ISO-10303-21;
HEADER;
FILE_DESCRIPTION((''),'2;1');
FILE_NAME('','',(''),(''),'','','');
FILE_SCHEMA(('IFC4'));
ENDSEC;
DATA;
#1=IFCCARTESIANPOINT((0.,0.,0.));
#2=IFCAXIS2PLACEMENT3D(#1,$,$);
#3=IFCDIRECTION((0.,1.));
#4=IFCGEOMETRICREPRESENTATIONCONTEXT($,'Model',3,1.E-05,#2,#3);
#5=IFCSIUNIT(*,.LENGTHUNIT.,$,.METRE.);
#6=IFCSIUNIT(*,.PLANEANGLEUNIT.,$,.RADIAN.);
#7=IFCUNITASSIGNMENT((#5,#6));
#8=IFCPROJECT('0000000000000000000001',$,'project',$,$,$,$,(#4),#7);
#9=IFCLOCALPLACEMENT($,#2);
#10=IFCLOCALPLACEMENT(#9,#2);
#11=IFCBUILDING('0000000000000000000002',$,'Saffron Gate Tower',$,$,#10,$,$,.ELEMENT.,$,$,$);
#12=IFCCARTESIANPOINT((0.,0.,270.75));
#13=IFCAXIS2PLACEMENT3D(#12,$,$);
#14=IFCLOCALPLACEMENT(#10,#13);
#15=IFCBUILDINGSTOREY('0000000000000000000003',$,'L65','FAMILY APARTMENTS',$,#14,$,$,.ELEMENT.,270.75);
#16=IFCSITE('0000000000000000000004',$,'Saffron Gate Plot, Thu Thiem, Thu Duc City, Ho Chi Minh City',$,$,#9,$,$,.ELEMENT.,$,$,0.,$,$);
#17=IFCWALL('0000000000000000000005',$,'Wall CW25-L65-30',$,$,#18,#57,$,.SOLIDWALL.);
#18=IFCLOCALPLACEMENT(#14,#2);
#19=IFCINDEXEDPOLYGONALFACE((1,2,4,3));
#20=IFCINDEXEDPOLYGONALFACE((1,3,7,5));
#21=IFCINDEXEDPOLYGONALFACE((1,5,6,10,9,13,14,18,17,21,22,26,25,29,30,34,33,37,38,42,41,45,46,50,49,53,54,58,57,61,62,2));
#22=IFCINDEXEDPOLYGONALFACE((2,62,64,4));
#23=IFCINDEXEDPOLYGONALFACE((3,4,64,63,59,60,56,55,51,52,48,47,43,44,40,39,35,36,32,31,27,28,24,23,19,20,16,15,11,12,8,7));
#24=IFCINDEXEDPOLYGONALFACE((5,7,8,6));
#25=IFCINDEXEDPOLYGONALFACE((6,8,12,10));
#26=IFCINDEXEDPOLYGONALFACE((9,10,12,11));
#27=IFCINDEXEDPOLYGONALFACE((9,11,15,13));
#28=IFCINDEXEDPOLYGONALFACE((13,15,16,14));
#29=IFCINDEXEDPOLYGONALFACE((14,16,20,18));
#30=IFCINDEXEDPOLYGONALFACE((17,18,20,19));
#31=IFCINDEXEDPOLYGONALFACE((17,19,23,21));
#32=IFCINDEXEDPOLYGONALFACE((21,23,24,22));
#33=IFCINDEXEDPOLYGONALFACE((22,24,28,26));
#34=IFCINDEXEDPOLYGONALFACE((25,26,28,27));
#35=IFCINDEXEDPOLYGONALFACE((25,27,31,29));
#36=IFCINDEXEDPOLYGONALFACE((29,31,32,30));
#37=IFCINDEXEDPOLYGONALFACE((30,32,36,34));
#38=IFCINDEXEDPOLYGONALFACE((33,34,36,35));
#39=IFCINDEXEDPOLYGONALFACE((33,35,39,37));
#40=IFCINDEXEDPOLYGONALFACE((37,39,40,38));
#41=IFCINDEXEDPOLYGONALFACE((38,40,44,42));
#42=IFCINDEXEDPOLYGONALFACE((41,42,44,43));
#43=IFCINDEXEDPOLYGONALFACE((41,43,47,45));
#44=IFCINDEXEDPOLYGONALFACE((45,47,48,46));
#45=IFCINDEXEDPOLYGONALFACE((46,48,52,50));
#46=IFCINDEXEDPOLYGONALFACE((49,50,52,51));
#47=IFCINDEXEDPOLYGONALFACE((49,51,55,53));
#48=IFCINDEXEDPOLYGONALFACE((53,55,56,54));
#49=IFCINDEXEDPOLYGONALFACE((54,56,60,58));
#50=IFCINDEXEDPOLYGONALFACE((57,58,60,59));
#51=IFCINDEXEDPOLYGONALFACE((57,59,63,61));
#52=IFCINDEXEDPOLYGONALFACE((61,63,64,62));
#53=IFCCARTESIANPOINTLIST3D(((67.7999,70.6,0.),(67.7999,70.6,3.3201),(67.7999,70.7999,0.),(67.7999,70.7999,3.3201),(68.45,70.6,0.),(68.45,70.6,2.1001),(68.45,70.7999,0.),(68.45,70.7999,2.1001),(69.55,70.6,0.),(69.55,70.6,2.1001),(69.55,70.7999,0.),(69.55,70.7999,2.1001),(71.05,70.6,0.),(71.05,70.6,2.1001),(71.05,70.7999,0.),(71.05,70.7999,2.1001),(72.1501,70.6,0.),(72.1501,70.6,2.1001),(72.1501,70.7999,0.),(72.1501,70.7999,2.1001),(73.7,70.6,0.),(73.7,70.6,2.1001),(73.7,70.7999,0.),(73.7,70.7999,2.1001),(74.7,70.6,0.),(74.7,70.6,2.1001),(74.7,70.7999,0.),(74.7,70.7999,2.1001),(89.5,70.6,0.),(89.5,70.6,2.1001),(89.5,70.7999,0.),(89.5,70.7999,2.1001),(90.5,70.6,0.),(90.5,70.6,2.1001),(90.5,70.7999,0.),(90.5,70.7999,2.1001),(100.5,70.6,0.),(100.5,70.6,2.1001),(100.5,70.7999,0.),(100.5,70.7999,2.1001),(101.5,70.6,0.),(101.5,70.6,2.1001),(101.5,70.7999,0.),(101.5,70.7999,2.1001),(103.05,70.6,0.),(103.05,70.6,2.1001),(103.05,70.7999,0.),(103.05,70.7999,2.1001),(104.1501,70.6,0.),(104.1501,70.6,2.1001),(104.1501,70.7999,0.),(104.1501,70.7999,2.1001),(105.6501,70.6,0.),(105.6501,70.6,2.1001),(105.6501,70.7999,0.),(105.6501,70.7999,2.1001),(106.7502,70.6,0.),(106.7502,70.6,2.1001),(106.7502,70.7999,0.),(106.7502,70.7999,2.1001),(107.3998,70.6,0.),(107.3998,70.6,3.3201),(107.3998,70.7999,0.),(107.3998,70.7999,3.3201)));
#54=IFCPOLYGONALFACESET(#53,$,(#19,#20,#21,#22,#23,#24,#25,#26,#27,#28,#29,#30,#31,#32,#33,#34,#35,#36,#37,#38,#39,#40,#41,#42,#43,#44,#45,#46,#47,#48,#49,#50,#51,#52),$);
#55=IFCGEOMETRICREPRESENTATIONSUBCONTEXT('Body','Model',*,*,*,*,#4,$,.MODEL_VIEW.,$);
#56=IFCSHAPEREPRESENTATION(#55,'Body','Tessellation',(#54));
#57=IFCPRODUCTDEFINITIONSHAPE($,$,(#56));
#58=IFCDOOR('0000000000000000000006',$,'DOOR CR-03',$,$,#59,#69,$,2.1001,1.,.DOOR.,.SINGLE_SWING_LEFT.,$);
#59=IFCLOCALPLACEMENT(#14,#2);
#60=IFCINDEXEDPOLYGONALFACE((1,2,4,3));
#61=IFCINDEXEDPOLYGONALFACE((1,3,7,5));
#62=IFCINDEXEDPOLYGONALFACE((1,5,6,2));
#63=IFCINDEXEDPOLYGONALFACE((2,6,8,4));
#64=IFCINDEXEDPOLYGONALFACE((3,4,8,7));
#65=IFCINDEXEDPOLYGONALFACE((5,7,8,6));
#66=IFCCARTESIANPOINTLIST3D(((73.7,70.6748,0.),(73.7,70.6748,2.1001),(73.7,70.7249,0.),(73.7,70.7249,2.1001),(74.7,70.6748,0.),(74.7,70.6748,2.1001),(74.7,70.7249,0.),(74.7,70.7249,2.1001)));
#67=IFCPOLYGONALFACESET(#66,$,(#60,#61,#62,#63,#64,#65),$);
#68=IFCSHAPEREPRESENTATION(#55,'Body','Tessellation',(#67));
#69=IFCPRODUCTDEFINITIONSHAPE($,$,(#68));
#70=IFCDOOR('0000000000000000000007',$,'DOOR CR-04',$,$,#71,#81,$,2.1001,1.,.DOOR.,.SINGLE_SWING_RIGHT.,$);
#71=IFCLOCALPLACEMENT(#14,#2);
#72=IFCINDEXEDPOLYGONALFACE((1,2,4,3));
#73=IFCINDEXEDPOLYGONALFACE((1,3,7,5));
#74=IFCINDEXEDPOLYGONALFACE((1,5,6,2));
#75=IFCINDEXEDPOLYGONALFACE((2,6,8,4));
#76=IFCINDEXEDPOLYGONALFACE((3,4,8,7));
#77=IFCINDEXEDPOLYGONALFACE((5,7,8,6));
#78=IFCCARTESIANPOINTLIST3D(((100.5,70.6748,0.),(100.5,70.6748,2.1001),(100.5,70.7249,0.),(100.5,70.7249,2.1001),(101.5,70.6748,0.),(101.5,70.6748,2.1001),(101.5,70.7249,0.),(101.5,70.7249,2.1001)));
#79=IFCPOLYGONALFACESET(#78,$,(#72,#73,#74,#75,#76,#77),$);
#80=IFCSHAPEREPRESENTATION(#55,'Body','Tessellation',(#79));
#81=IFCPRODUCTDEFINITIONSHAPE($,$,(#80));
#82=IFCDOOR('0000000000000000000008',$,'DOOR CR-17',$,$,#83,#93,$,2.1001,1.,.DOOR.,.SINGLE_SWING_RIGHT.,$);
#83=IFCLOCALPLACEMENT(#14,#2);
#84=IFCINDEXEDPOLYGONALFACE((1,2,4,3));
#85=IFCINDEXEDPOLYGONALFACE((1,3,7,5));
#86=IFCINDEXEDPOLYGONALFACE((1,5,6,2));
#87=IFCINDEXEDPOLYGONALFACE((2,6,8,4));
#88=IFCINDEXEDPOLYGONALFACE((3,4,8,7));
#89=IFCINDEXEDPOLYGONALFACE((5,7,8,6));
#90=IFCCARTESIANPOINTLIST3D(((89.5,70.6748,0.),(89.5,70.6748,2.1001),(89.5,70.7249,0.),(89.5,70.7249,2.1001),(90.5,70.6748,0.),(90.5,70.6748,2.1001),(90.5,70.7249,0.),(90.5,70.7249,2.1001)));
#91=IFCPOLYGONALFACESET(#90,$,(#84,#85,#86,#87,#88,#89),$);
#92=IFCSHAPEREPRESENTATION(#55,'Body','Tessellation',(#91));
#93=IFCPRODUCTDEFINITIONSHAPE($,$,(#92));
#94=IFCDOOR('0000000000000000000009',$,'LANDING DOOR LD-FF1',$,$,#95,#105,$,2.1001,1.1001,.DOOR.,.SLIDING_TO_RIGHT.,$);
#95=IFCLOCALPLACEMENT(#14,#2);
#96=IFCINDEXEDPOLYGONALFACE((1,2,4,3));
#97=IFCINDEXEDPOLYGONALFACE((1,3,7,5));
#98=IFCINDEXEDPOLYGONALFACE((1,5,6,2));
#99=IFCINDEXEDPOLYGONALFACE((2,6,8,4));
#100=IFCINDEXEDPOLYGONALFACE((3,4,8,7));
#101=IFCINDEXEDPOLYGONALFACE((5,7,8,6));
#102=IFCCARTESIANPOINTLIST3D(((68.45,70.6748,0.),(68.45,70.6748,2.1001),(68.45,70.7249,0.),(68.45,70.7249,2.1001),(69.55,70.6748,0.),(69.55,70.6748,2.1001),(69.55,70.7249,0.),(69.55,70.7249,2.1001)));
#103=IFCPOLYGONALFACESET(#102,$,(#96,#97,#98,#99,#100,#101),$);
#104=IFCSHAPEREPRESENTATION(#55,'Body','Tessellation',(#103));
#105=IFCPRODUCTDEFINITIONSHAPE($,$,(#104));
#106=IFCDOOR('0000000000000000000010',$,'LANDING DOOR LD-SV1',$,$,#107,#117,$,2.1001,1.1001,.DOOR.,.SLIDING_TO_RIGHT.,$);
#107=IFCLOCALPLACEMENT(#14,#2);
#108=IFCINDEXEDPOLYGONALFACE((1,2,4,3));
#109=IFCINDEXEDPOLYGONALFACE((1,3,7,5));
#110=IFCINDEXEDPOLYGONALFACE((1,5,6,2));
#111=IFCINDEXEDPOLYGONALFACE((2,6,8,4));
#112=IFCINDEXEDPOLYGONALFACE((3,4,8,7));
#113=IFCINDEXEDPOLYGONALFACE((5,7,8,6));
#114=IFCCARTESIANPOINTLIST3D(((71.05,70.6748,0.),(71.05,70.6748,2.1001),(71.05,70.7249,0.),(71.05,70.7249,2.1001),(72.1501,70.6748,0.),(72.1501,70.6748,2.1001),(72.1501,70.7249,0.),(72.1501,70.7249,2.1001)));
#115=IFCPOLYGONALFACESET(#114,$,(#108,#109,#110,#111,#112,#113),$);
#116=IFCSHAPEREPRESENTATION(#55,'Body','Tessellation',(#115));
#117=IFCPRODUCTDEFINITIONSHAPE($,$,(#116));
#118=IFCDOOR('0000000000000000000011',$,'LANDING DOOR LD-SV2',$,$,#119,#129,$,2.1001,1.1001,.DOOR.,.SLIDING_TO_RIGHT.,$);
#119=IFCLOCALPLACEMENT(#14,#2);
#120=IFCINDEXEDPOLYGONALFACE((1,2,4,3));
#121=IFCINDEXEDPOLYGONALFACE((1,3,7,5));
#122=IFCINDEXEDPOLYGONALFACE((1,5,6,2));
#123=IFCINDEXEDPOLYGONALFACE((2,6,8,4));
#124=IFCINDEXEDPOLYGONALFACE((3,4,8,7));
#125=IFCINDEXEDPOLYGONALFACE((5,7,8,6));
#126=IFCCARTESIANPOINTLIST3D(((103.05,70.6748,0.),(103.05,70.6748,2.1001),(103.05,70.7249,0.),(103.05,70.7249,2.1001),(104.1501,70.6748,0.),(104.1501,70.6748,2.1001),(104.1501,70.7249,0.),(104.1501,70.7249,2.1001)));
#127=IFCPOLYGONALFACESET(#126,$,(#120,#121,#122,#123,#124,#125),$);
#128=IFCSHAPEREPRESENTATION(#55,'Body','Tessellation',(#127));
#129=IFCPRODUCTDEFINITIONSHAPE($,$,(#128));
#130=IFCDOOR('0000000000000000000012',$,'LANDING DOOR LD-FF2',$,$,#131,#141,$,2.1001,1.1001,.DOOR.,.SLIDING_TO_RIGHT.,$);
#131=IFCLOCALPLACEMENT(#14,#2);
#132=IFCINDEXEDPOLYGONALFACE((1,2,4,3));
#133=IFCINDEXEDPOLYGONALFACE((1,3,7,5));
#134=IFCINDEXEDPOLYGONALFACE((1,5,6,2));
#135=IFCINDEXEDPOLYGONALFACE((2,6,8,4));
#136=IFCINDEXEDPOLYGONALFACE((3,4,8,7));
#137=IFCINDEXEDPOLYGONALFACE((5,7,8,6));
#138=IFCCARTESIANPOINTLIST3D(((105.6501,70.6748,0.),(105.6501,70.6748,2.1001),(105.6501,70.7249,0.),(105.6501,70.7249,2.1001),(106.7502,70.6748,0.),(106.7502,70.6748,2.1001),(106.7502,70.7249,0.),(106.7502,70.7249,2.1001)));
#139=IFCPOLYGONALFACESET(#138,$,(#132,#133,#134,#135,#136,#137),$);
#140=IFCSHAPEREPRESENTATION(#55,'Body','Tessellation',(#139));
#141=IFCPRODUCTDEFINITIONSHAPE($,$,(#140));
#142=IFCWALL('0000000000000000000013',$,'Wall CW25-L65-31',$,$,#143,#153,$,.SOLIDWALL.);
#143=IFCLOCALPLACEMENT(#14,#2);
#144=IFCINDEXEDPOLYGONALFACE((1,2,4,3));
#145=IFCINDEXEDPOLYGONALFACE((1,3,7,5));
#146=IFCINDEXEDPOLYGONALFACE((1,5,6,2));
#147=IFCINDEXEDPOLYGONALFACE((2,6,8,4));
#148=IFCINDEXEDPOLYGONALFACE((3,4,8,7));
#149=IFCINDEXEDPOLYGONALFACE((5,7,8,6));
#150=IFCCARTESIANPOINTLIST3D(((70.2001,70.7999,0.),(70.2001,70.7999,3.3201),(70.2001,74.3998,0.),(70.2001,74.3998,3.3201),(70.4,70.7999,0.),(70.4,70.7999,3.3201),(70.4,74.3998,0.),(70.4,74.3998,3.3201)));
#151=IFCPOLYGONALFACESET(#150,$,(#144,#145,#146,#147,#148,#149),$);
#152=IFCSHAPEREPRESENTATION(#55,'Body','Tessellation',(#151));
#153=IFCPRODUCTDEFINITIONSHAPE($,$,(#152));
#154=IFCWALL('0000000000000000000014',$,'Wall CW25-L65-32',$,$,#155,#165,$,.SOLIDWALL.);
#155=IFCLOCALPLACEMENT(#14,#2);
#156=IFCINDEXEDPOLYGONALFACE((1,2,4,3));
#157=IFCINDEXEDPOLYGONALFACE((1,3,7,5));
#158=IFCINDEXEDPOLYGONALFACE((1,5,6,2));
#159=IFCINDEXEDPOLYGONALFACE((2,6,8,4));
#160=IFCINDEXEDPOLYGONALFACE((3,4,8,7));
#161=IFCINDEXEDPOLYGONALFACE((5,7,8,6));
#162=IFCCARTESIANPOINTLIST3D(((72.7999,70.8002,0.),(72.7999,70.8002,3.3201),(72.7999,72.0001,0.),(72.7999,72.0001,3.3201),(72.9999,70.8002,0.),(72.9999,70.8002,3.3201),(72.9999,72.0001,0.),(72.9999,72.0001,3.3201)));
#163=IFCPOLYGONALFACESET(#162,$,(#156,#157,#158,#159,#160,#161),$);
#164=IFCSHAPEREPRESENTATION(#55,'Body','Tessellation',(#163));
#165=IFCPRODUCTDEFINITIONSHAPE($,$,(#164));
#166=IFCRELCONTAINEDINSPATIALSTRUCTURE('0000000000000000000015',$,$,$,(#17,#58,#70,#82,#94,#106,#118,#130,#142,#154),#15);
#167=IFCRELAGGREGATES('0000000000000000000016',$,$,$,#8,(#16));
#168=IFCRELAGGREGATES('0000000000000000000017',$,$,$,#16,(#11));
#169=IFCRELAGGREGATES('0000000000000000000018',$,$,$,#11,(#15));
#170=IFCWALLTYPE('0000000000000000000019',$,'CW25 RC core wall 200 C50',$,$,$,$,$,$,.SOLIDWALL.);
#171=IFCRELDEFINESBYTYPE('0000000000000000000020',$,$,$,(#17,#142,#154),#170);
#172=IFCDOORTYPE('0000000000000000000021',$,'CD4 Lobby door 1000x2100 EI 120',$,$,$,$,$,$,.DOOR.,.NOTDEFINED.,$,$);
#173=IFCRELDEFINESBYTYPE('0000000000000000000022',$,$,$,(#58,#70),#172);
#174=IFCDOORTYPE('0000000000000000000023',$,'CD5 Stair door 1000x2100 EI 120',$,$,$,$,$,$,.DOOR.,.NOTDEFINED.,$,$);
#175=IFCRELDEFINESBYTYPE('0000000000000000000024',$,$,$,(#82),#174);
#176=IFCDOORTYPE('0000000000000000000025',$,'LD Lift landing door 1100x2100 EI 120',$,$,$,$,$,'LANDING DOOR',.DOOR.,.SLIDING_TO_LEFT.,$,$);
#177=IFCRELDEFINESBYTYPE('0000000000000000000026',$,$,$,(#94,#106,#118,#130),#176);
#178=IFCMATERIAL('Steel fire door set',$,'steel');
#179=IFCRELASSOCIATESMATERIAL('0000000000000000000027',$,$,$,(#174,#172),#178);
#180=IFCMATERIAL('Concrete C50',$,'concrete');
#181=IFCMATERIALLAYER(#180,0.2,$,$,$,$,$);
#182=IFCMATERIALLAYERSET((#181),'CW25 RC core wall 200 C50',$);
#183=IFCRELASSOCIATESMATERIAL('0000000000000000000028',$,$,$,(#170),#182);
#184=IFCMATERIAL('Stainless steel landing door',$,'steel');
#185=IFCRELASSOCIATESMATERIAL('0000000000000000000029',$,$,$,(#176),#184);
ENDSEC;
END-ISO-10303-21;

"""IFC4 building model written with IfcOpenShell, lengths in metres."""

from ifc_helpers import new_model, si_unit, direction, frame, frame_2d, origin, place, context, subcontext, project, spatial, rectangle, extrude, material, layer, layer_set, type_object, element, fill, save


model = new_model("IFC4")

# Units and contexts
model_context = context("Model", 3, precision=1e-05, world=origin(), true_north=direction((0.0, 1.0)))
body_context = subcontext(model_context, "Body", "Model", "MODEL_VIEW")
ifc_project = project(units=[si_unit("LENGTHUNIT", "METRE"), si_unit("PLANEANGLEUNIT", "RADIAN")], contexts=[model_context])

# Site, building, storey
site_placement = place(None, origin())
site = spatial("IfcSite", under=ifc_project, at=site_placement, Name="Saffron Gate Plot, Thu Thiem, Thu Duc City, Ho Chi Minh City", CompositionType="ELEMENT", RefElevation=0.0)
building_placement = place(site_placement, origin())
building = spatial("IfcBuilding", under=site, at=building_placement, Name="Saffron Gate Tower", CompositionType="ELEMENT")
storey_placement = place(building_placement, frame((0.0, 0.0, 270.75)))
storey = spatial("IfcBuildingStorey", under=building, at=storey_placement, Name="L65", Description="FAMILY APARTMENTS", CompositionType="ELEMENT", Elevation=270.75)

# Wall, openings, doors
ifc_material_1 = material(Name="Concrete C50", Category="concrete")
ifc_material_2 = material(Name="Steel fire door set", Category="steel")
door_type_1 = type_object("IfcDoorType", Name="CD5 Stair door 1000x2100 EI 120", OperationType="NOTDEFINED", PredefinedType="DOOR", material=ifc_material_2)
ifc_layer_1 = layer(ifc_material_1, 0.2)
ifc_layer_set_1 = layer_set([ifc_layer_1], Name="CW25 RC core wall 200 C50")
wall_type_1 = type_object("IfcWallType", Name="CW25 RC core wall 200 C50", PredefinedType="SOLIDWALL", material=ifc_layer_set_1)
wall_1_placement = place(storey_placement, frame((67.8, 70.7, 0.0), z_axis=(0.0, 0.0, 1.0), x_axis=(1.0, 0.0, 0.0)))
wall_1 = element("IfcWall", 1, at=wall_1_placement, inside=storey, type_object=wall_type_1, Name="Wall CW25-L65-30", PredefinedType="SOLIDWALL", context=body_context, shape_type="SweptSolid", body=[
    extrude(rectangle(XDim=39.5999, YDim=0.2, at=frame_2d((19.7998, 0.0))), origin(), (0.0, 0.0, 1.0), 3.3201),
])
opening_1_placement = place(wall_1_placement, frame((0.6499, 0.0, 0.0)))
opening_1 = element("IfcOpeningElement", 2, at=opening_1_placement, cuts=wall_1, PredefinedType="OPENING", context=body_context, shape_type="SweptSolid", body=[
    extrude(rectangle(XDim=1.1001, YDim=2.1001, at=frame_2d((0.55, 1.05))), frame((0.0, 0.1099, 0.0), z_axis=(0.0, -1.0, 0.0), x_axis=(1.0, 0.0, 0.0)), (0.0, 0.0, 1.0), 0.22),
])
opening_2_placement = place(wall_1_placement, frame((3.25, 0.0, 0.0)))
opening_2 = element("IfcOpeningElement", 3, at=opening_2_placement, cuts=wall_1, PredefinedType="OPENING", context=body_context, shape_type="SweptSolid", body=[
    extrude(rectangle(XDim=1.1001, YDim=2.1001, at=frame_2d((0.55, 1.05))), frame((0.0, 0.1099, 0.0), z_axis=(0.0, -1.0, 0.0), x_axis=(1.0, 0.0, 0.0)), (0.0, 0.0, 1.0), 0.22),
])
opening_3_placement = place(wall_1_placement, frame((5.8999, 0.0, 0.0)))
opening_3 = element("IfcOpeningElement", 4, at=opening_3_placement, cuts=wall_1, PredefinedType="OPENING", context=body_context, shape_type="SweptSolid", body=[
    extrude(rectangle(XDim=1.0, YDim=2.1001, at=frame_2d((0.5, 1.05))), frame((0.0, 0.1099, 0.0), z_axis=(0.0, -1.0, 0.0), x_axis=(1.0, 0.0, 0.0)), (0.0, 0.0, 1.0), 0.22),
])
opening_4_placement = place(wall_1_placement, frame((21.7, 0.0, 0.0)))
opening_4 = element("IfcOpeningElement", 5, at=opening_4_placement, cuts=wall_1, PredefinedType="OPENING", context=body_context, shape_type="SweptSolid", body=[
    extrude(rectangle(XDim=1.0, YDim=2.1001, at=frame_2d((0.5, 1.05))), frame((0.0, 0.1099, 0.0), z_axis=(0.0, -1.0, 0.0), x_axis=(1.0, 0.0, 0.0)), (0.0, 0.0, 1.0), 0.22),
])
opening_5_placement = place(wall_1_placement, frame((32.7, 0.0, 0.0)))
opening_5 = element("IfcOpeningElement", 6, at=opening_5_placement, cuts=wall_1, PredefinedType="OPENING", context=body_context, shape_type="SweptSolid", body=[
    extrude(rectangle(XDim=1.0, YDim=2.1001, at=frame_2d((0.5, 1.05))), frame((0.0, 0.1099, 0.0), z_axis=(0.0, -1.0, 0.0), x_axis=(1.0, 0.0, 0.0)), (0.0, 0.0, 1.0), 0.22),
])
opening_6_placement = place(wall_1_placement, frame((35.25, 0.0, 0.0)))
opening_6 = element("IfcOpeningElement", 7, at=opening_6_placement, cuts=wall_1, PredefinedType="OPENING", context=body_context, shape_type="SweptSolid", body=[
    extrude(rectangle(XDim=1.1001, YDim=2.1001, at=frame_2d((0.55, 1.05))), frame((0.0, 0.1099, 0.0), z_axis=(0.0, -1.0, 0.0), x_axis=(1.0, 0.0, 0.0)), (0.0, 0.0, 1.0), 0.22),
])
opening_7_placement = place(wall_1_placement, frame((37.8501, 0.0, 0.0)))
opening_7 = element("IfcOpeningElement", 8, at=opening_7_placement, cuts=wall_1, PredefinedType="OPENING", context=body_context, shape_type="SweptSolid", body=[
    extrude(rectangle(XDim=1.1001, YDim=2.1001, at=frame_2d((0.55, 1.05))), frame((0.0, 0.1099, 0.0), z_axis=(0.0, -1.0, 0.0), x_axis=(1.0, 0.0, 0.0)), (0.0, 0.0, 1.0), 0.22),
])
door_type_2 = type_object("IfcDoorType", Name="CD4 Lobby door 1000x2100 EI 120", OperationType="NOTDEFINED", PredefinedType="DOOR", material=ifc_material_2)
door_1_placement = place(opening_3_placement, origin())
door_1 = element("IfcDoor", 9, at=door_1_placement, inside=storey, type_object=door_type_2, Name="DOOR CR-03", OperationType="SINGLE_SWING_LEFT", OverallHeight=2.1001, OverallWidth=1.0, PredefinedType="DOOR", context=body_context, shape_type="SweptSolid", body=[
    extrude(rectangle(XDim=1.0, YDim=2.1001, at=frame_2d((0.5, 1.05))), frame((0.0, 0.0249, 0.0), z_axis=(0.0, -1.0, 0.0), x_axis=(1.0, 0.0, 0.0)), (0.0, 0.0, 1.0), 0.05),
])
fill(opening_3, door_1)
door_2_placement = place(opening_5_placement, origin())
door_2 = element("IfcDoor", 10, at=door_2_placement, inside=storey, type_object=door_type_2, Name="DOOR CR-04", OperationType="SINGLE_SWING_RIGHT", OverallHeight=2.1001, OverallWidth=1.0, PredefinedType="DOOR", context=body_context, shape_type="SweptSolid", body=[
    extrude(rectangle(XDim=1.0, YDim=2.1001, at=frame_2d((0.5, 1.05))), frame((0.0, 0.0249, 0.0), z_axis=(0.0, -1.0, 0.0), x_axis=(1.0, 0.0, 0.0)), (0.0, 0.0, 1.0), 0.05),
])
fill(opening_5, door_2)
door_3_placement = place(opening_4_placement, origin())
door_3 = element("IfcDoor", 11, at=door_3_placement, inside=storey, type_object=door_type_1, Name="DOOR CR-17", OperationType="SINGLE_SWING_RIGHT", OverallHeight=2.1001, OverallWidth=1.0, PredefinedType="DOOR", context=body_context, shape_type="SweptSolid", body=[
    extrude(rectangle(XDim=1.0, YDim=2.1001, at=frame_2d((0.5, 1.05))), frame((0.0, 0.0249, 0.0), z_axis=(0.0, -1.0, 0.0), x_axis=(1.0, 0.0, 0.0)), (0.0, 0.0, 1.0), 0.05),
])
fill(opening_4, door_3)
ifc_material_3 = material(Name="Stainless steel landing door", Category="steel")
door_type_3 = type_object("IfcDoorType", Name="LD Lift landing door 1100x2100 EI 120", ElementType="LANDING DOOR", OperationType="SLIDING_TO_LEFT", PredefinedType="DOOR", material=ifc_material_3)
door_4_placement = place(opening_1_placement, origin())
door_4 = element("IfcDoor", 12, at=door_4_placement, inside=storey, type_object=door_type_3, Name="LANDING DOOR LD-FF1", OperationType="SLIDING_TO_RIGHT", OverallHeight=2.1001, OverallWidth=1.1001, PredefinedType="DOOR", context=body_context, shape_type="SweptSolid", body=[
    extrude(rectangle(XDim=1.1001, YDim=2.1001, at=frame_2d((0.55, 1.05))), frame((0.0, 0.0249, 0.0), z_axis=(0.0, -1.0, 0.0), x_axis=(1.0, 0.0, 0.0)), (0.0, 0.0, 1.0), 0.05),
])
fill(opening_1, door_4)
door_5_placement = place(opening_2_placement, origin())
door_5 = element("IfcDoor", 13, at=door_5_placement, inside=storey, type_object=door_type_3, Name="LANDING DOOR LD-SV1", OperationType="SLIDING_TO_RIGHT", OverallHeight=2.1001, OverallWidth=1.1001, PredefinedType="DOOR", context=body_context, shape_type="SweptSolid", body=[
    extrude(rectangle(XDim=1.1001, YDim=2.1001, at=frame_2d((0.55, 1.05))), frame((0.0, 0.0249, 0.0), z_axis=(0.0, -1.0, 0.0), x_axis=(1.0, 0.0, 0.0)), (0.0, 0.0, 1.0), 0.05),
])
fill(opening_2, door_5)
door_6_placement = place(opening_6_placement, origin())
door_6 = element("IfcDoor", 14, at=door_6_placement, inside=storey, type_object=door_type_3, Name="LANDING DOOR LD-SV2", OperationType="SLIDING_TO_RIGHT", OverallHeight=2.1001, OverallWidth=1.1001, PredefinedType="DOOR", context=body_context, shape_type="SweptSolid", body=[
    extrude(rectangle(XDim=1.1001, YDim=2.1001, at=frame_2d((0.55, 1.05))), frame((0.0, 0.0249, 0.0), z_axis=(0.0, -1.0, 0.0), x_axis=(1.0, 0.0, 0.0)), (0.0, 0.0, 1.0), 0.05),
])
fill(opening_6, door_6)
door_7_placement = place(opening_7_placement, origin())
door_7 = element("IfcDoor", 15, at=door_7_placement, inside=storey, type_object=door_type_3, Name="LANDING DOOR LD-FF2", OperationType="SLIDING_TO_RIGHT", OverallHeight=2.1001, OverallWidth=1.1001, PredefinedType="DOOR", context=body_context, shape_type="SweptSolid", body=[
    extrude(rectangle(XDim=1.1001, YDim=2.1001, at=frame_2d((0.55, 1.05))), frame((0.0, 0.0249, 0.0), z_axis=(0.0, -1.0, 0.0), x_axis=(1.0, 0.0, 0.0)), (0.0, 0.0, 1.0), 0.05),
])
fill(opening_7, door_7)

# Walls
wall_2_placement = place(storey_placement, frame((70.3, 70.8, 0.0), z_axis=(0.0, 0.0, 1.0), x_axis=(0.0, 1.0, 0.0)))
element("IfcWall", 16, at=wall_2_placement, inside=storey, type_object=wall_type_1, Name="Wall CW25-L65-31", PredefinedType="SOLIDWALL", context=body_context, shape_type="SweptSolid", body=[
    extrude(rectangle(XDim=3.5999, YDim=0.2, at=frame_2d((1.7998, 0.0))), origin(), (0.0, 0.0, 1.0), 3.3201),
])
wall_3_placement = place(storey_placement, frame((72.8999, 70.8, 0.0), z_axis=(0.0, 0.0, 1.0), x_axis=(0.0, 1.0, 0.0)))
element("IfcWall", 17, at=wall_3_placement, inside=storey, type_object=wall_type_1, Name="Wall CW25-L65-32", PredefinedType="SOLIDWALL", context=body_context, shape_type="SweptSolid", body=[
    extrude(rectangle(XDim=1.2, YDim=0.2, at=frame_2d((0.6001, 0.0))), origin(), (0.0, 0.0, 1.0), 3.3201),
])

save(model, "model.ifc")
